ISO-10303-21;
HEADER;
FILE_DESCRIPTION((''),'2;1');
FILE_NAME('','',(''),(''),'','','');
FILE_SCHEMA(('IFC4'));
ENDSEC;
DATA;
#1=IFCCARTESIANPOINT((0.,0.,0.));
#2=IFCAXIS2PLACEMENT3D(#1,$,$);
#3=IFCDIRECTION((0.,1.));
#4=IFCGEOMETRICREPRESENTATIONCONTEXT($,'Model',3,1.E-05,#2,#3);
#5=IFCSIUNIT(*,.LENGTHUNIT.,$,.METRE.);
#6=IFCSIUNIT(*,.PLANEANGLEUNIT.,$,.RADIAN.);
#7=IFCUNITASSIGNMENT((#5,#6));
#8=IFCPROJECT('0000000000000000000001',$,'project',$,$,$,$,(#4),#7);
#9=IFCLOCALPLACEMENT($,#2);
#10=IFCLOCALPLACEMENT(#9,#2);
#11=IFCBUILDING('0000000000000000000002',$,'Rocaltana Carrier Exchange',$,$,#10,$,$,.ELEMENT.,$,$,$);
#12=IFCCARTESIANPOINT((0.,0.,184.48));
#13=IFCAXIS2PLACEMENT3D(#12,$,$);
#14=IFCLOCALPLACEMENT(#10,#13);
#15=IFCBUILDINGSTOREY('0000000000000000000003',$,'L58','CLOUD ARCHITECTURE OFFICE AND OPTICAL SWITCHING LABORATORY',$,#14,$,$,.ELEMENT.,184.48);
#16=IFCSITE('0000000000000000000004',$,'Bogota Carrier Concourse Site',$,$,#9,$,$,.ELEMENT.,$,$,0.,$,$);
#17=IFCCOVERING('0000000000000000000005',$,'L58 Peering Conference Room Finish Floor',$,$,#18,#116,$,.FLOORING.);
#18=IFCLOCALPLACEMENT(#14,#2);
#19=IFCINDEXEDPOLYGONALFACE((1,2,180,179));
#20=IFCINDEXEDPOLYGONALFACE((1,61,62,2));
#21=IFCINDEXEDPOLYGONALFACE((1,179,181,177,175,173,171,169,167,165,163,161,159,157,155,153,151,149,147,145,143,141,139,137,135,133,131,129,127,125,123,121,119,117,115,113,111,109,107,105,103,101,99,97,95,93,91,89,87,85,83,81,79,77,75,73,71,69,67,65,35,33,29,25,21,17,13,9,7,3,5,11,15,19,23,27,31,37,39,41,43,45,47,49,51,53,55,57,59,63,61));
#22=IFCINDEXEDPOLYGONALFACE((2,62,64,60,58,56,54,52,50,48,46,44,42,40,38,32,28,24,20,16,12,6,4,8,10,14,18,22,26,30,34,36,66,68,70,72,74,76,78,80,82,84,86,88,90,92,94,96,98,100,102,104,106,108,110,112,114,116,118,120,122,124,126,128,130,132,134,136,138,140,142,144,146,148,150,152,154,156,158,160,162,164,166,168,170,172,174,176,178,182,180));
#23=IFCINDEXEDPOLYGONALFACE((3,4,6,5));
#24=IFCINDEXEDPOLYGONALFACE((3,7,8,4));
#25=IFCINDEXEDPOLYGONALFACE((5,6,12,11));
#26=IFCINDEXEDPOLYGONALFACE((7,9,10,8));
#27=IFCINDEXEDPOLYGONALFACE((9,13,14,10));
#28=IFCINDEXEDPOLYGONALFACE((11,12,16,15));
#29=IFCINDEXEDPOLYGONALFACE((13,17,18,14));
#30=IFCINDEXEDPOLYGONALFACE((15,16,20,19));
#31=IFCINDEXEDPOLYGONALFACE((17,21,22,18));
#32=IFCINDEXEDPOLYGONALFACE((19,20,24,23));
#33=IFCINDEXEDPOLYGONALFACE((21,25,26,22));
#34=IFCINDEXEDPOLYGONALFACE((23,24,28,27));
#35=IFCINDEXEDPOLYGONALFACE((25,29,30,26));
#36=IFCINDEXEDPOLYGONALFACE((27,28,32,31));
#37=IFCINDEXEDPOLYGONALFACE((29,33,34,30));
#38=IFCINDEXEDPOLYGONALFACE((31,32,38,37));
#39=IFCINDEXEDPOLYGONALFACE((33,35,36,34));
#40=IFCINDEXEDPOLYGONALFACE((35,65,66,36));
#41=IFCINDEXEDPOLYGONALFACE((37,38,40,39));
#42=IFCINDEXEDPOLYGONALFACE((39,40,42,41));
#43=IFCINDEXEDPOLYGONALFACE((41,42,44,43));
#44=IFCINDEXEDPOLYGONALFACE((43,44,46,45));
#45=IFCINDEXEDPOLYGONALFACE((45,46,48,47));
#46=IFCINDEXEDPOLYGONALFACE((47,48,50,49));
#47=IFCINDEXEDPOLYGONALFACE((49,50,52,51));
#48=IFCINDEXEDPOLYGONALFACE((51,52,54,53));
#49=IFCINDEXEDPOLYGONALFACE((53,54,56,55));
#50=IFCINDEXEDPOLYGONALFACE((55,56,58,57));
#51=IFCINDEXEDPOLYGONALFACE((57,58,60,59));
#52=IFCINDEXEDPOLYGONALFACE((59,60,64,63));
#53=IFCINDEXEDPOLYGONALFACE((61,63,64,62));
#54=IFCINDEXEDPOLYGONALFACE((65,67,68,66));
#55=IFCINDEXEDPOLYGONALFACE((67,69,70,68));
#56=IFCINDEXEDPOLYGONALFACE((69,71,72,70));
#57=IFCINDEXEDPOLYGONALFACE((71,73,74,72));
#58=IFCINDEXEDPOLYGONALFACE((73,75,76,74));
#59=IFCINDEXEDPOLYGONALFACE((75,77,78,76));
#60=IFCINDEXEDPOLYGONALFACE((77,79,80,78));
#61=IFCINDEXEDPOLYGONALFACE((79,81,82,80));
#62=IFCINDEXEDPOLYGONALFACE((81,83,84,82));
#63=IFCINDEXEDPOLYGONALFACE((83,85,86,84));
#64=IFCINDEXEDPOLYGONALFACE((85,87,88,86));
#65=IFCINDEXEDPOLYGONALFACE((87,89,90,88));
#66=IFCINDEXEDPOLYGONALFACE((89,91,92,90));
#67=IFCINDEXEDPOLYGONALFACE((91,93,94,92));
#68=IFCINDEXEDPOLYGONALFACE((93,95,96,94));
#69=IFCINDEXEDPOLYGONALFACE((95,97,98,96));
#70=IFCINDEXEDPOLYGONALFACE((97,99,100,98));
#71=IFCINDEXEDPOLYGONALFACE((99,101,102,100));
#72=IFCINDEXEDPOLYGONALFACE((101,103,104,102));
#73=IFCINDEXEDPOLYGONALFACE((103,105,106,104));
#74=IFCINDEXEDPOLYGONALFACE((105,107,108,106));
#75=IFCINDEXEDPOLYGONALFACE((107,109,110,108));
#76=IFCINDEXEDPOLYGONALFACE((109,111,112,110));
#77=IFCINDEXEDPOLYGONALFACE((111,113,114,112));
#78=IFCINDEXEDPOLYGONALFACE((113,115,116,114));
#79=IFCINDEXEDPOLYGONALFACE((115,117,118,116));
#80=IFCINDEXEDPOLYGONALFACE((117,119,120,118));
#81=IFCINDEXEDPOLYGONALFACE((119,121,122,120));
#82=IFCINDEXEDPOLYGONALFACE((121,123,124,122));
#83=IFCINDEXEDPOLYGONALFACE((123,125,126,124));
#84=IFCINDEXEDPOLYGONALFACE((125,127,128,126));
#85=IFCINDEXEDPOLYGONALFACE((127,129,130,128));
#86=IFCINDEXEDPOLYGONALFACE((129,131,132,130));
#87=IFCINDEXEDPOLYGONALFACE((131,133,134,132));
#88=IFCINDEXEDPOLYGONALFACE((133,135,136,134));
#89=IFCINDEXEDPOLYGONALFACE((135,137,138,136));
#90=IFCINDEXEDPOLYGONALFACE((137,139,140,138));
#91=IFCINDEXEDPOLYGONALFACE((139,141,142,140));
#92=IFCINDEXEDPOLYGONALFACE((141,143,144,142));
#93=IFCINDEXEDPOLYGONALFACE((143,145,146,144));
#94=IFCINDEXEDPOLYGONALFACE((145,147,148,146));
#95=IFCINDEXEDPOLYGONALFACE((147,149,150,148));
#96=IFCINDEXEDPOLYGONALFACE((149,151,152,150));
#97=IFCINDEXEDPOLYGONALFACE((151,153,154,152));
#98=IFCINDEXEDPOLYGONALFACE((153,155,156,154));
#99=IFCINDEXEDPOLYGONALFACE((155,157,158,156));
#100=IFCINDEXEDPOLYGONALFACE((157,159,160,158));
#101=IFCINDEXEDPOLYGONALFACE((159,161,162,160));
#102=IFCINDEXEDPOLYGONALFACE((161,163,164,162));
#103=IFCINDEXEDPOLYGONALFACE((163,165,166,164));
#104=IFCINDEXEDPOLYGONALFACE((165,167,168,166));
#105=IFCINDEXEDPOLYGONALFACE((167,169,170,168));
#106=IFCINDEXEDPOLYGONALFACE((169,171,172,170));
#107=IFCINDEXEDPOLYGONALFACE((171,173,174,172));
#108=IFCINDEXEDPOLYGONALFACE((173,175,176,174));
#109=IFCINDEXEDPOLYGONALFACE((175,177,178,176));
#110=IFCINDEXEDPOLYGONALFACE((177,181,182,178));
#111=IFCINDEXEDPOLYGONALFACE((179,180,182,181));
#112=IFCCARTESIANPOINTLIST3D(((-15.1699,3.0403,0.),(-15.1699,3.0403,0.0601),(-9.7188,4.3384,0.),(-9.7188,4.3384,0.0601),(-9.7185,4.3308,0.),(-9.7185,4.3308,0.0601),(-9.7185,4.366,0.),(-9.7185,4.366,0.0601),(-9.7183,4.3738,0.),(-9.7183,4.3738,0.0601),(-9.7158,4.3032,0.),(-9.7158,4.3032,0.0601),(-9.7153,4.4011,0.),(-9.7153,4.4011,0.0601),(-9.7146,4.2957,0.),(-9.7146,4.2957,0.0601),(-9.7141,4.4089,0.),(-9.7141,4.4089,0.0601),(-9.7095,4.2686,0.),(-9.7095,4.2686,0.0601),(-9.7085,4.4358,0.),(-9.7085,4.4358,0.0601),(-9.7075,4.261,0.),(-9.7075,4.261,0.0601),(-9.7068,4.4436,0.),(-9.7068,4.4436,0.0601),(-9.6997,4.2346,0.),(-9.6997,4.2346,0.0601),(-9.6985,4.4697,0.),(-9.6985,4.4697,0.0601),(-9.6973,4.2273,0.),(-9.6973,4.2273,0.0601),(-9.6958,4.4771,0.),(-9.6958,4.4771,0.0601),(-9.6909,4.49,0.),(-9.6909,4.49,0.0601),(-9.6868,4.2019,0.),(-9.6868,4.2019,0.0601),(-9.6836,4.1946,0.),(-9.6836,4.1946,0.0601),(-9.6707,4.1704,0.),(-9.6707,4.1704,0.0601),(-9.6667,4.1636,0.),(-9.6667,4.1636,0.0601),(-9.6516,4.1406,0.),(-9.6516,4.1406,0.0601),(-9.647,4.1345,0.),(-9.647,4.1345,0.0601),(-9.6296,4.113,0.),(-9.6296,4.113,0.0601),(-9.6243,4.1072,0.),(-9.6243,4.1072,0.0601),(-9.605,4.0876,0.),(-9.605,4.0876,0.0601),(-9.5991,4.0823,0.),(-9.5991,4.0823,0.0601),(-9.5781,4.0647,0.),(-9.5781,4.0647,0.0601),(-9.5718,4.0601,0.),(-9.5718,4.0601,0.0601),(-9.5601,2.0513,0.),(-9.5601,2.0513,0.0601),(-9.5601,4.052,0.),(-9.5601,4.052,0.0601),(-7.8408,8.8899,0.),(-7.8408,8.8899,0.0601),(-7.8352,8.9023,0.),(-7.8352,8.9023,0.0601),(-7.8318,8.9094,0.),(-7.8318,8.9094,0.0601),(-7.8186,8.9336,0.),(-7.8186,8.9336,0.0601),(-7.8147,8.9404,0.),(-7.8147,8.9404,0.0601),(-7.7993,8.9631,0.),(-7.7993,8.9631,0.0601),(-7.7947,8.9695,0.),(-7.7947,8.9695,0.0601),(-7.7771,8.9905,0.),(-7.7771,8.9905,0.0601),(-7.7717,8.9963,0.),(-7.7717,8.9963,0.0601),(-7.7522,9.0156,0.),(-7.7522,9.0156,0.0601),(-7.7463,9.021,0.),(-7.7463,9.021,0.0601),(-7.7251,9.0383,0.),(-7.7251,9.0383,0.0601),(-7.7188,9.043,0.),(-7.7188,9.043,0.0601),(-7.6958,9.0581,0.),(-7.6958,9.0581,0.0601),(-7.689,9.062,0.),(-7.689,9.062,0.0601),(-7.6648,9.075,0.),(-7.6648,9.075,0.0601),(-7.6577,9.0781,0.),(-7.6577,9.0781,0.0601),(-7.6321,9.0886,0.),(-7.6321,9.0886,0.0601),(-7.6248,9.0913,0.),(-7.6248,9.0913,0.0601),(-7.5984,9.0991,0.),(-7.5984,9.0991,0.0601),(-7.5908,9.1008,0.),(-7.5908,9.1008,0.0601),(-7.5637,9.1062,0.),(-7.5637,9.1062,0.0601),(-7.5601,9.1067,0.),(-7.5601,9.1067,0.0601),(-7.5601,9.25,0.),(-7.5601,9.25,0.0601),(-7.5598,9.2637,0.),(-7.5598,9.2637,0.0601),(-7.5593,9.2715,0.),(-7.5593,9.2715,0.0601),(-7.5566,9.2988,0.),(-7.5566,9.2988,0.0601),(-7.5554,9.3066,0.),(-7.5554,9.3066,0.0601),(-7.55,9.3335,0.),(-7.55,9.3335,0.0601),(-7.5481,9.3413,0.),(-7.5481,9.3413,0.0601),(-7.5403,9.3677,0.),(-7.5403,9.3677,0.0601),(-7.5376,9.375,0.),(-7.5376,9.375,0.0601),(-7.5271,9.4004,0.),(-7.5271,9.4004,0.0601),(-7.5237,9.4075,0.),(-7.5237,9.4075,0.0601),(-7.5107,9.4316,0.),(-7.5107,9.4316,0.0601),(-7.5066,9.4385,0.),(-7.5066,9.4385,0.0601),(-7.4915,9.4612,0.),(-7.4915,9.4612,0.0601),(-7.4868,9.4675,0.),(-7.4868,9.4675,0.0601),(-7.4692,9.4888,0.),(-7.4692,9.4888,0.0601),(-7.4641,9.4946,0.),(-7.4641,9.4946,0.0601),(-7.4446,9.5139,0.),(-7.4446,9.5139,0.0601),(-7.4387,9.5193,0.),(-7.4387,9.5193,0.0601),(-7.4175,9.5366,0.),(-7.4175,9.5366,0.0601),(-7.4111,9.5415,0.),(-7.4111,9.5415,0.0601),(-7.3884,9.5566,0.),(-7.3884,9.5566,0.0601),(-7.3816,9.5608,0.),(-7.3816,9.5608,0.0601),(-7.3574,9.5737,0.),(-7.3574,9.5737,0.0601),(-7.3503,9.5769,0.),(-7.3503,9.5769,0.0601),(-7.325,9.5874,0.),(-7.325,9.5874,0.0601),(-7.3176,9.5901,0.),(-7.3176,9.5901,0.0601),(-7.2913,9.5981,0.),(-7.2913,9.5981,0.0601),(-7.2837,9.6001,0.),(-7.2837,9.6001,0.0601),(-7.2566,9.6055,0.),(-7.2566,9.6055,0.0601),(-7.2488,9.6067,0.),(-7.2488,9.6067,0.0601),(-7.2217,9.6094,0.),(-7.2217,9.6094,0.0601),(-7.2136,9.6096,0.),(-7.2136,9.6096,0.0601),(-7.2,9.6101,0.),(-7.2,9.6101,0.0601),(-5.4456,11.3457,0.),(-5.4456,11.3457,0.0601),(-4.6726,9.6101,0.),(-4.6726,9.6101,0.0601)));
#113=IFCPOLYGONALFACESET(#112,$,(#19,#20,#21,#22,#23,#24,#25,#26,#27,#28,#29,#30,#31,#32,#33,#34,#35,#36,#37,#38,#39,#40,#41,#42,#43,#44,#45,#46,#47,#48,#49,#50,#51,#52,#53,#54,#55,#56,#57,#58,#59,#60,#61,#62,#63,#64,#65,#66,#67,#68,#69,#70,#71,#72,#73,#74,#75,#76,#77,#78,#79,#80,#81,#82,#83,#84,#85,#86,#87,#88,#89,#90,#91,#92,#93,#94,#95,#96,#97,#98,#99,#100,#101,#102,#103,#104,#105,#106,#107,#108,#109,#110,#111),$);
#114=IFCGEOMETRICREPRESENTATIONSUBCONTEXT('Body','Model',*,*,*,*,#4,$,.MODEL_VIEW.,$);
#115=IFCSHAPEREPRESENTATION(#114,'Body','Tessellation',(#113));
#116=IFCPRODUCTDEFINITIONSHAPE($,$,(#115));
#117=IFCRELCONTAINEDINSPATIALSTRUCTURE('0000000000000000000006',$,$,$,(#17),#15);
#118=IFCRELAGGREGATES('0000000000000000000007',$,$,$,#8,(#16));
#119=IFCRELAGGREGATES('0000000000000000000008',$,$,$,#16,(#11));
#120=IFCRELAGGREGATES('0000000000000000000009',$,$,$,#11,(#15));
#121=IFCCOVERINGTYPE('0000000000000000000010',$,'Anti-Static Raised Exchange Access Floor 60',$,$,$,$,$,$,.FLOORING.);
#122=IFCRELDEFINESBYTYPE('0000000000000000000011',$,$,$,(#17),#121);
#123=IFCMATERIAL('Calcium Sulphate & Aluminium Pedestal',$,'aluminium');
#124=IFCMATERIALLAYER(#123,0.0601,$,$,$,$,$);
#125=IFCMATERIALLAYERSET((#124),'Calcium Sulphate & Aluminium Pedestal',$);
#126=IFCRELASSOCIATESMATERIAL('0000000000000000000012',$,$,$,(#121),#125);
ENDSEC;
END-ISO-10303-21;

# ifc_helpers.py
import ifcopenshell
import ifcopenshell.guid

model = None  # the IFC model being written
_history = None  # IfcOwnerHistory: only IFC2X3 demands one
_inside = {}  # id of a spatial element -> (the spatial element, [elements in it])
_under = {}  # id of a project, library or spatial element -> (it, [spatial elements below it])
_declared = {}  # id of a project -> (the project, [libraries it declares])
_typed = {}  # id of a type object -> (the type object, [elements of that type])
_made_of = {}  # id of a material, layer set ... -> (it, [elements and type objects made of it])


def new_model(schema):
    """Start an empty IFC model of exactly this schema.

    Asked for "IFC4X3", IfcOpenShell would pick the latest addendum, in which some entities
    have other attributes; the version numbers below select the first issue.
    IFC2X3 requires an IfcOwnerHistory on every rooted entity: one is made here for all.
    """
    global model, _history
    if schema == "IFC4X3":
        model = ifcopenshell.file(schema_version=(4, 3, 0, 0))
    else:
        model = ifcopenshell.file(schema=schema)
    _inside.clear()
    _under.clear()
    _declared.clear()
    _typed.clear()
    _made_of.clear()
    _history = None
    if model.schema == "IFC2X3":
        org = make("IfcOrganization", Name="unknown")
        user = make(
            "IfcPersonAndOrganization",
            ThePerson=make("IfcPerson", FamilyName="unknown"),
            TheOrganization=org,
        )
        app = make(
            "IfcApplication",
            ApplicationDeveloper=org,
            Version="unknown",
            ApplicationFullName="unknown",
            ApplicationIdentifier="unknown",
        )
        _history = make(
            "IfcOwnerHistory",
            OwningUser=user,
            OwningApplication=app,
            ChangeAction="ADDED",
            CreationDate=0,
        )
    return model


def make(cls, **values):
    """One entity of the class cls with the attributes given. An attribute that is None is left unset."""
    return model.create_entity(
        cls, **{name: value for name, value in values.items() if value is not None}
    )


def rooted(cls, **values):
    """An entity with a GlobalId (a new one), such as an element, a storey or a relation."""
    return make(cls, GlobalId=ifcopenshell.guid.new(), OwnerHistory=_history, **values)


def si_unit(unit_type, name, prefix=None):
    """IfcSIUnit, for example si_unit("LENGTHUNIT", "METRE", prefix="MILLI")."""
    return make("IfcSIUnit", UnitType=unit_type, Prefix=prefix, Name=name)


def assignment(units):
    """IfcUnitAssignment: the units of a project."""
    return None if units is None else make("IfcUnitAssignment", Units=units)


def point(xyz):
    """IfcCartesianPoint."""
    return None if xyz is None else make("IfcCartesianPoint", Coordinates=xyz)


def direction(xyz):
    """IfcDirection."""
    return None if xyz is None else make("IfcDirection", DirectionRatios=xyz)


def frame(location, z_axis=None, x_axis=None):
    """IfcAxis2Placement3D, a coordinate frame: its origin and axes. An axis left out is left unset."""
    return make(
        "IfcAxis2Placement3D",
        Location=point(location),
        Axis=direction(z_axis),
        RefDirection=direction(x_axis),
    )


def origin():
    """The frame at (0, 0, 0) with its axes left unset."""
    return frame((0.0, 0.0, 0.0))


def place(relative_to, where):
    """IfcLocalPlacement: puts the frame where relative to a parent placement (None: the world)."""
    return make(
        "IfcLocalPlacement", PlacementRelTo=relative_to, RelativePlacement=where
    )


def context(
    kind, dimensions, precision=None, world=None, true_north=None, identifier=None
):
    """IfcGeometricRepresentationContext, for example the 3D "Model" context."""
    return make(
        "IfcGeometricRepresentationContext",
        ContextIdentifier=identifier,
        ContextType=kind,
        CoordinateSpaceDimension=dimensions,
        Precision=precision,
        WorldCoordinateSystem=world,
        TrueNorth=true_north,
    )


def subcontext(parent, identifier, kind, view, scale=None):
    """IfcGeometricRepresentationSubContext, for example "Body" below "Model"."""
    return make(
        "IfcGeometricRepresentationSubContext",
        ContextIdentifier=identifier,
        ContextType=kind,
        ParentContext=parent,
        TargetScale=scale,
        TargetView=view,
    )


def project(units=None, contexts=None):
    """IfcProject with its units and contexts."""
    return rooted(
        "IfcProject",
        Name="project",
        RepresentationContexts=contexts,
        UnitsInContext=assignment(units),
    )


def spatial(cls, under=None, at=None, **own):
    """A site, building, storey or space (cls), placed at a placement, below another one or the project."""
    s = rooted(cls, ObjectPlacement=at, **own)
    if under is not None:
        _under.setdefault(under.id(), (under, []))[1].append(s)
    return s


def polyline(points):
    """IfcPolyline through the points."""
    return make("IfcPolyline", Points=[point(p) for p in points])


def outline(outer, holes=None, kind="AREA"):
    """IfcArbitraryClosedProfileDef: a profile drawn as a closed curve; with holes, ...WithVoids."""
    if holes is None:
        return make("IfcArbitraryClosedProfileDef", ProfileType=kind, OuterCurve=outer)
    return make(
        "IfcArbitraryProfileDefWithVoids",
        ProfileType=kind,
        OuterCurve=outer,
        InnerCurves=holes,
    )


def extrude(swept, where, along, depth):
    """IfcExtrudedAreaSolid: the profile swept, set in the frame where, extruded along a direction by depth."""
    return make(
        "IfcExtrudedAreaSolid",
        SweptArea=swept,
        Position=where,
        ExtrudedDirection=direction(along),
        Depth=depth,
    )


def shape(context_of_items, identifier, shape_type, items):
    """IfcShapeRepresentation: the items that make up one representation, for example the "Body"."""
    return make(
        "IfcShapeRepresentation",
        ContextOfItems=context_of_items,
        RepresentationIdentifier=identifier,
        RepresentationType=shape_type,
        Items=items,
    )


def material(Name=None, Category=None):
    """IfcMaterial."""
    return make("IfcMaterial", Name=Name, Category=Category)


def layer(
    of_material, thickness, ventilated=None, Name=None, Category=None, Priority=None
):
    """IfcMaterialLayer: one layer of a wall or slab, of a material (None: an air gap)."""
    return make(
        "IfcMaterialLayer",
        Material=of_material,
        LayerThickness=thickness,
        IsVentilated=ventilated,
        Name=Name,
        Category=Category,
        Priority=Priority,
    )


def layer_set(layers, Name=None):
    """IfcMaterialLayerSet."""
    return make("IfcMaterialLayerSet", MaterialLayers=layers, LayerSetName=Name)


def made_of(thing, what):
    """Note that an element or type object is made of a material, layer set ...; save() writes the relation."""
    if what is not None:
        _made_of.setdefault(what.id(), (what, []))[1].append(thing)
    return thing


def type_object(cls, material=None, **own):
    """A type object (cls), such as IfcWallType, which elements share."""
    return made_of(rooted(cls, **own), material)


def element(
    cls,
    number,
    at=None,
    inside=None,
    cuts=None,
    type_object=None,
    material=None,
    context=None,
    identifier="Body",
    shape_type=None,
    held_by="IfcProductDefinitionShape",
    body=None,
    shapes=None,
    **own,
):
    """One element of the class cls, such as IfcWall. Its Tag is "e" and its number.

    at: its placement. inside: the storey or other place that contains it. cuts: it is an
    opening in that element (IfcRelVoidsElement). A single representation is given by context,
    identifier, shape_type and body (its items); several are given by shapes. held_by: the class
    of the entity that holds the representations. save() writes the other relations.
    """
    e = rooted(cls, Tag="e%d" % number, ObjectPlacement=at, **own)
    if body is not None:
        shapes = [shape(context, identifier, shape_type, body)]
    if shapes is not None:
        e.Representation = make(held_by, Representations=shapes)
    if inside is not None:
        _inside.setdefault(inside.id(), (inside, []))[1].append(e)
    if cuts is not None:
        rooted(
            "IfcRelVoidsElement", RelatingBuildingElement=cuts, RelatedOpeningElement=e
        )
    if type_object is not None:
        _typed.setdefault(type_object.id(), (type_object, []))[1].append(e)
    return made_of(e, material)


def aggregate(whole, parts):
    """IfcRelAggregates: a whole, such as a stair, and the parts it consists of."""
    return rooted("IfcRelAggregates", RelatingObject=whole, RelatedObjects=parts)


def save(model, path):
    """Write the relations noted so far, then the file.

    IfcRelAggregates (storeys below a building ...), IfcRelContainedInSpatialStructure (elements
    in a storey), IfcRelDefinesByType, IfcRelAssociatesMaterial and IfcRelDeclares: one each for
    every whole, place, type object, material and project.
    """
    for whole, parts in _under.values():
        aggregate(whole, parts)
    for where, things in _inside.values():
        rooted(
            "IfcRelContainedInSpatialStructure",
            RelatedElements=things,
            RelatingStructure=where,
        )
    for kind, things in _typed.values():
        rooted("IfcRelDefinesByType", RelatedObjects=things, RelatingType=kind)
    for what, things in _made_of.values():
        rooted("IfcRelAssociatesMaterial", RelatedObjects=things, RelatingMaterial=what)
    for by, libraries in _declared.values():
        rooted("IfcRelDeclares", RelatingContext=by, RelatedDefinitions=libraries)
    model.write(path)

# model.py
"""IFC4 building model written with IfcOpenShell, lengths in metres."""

from ifc_helpers import new_model, si_unit, direction, frame, origin, place, context, subcontext, project, spatial, polyline, outline, extrude, material, layer, layer_set, type_object, element, save


model = new_model("IFC4")

# Units and contexts
model_context = context("Model", 3, precision=1e-05, world=origin(), true_north=direction((0.0, 1.0)))
body_context = subcontext(model_context, "Body", "Model", "MODEL_VIEW")
ifc_project = project(units=[si_unit("LENGTHUNIT", "METRE"), si_unit("PLANEANGLEUNIT", "RADIAN")], contexts=[model_context])

# Site, building, storey
site_placement = place(None, origin())
site = spatial("IfcSite", under=ifc_project, at=site_placement, Name="Bogota Carrier Concourse Site", CompositionType="ELEMENT", RefElevation=0.0)
building_placement = place(site_placement, origin())
building = spatial("IfcBuilding", under=site, at=building_placement, Name="Rocaltana Carrier Exchange", CompositionType="ELEMENT")
storey_placement = place(building_placement, frame((0.0, 0.0, 184.48)))
storey = spatial("IfcBuildingStorey", under=building, at=storey_placement, Name="L58", Description="CLOUD ARCHITECTURE OFFICE AND OPTICAL SWITCHING LABORATORY", CompositionType="ELEMENT", Elevation=184.48)

# Covering
ifc_material_1 = material(Name="Calcium Sulphate & Aluminium Pedestal", Category="aluminium")
ifc_layer_1 = layer(ifc_material_1, 0.0601)
ifc_layer_set_1 = layer_set([ifc_layer_1], Name="Calcium Sulphate & Aluminium Pedestal")
covering_type_1 = type_object("IfcCoveringType", Name="Anti-Static Raised Exchange Access Floor 60", PredefinedType="FLOORING", material=ifc_layer_set_1)
covering_1_placement = place(storey_placement, origin())
element("IfcCovering", 1, at=covering_1_placement, inside=storey, type_object=covering_type_1, Name="L58 Peering Conference Room Finish Floor", PredefinedType="FLOORING", context=body_context, shape_type="SweptSolid", body=[
    extrude(outline(polyline([(-9.5601, 4.052), (-9.5601, 2.0513), (-15.1699, 3.0403), (-5.4456, 11.3457), (-4.6726, 9.6101), (-7.2, 9.6101), (-7.2136, 9.6096), (-7.2217, 9.6094), (-7.2488, 9.6067), (-7.2566, 9.6055), (-7.2837, 9.6001), (-7.2913, 9.5981), (-7.3176, 9.5901), (-7.325, 9.5874), (-7.3503, 9.5769), (-7.3574, 9.5737), (-7.3816, 9.5608), (-7.3884, 9.5566), (-7.4111, 9.5415), (-7.4175, 9.5366), (-7.4387, 9.5193), (-7.4446, 9.5139), (-7.4641, 9.4946), (-7.4692, 9.4888), (-7.4868, 9.4675), (-7.4915, 9.4612), (-7.5066, 9.4385), (-7.5107, 9.4316), (-7.5237, 9.4075), (-7.5271, 9.4004), (-7.5376, 9.375), (-7.5403, 9.3677), (-7.5481, 9.3413), (-7.55, 9.3335), (-7.5554, 9.3066), (-7.5566, 9.2988), (-7.5593, 9.2715), (-7.5598, 9.2637), (-7.5601, 9.25), (-7.5601, 9.1067), (-7.5637, 9.1062), (-7.5908, 9.1008), (-7.5984, 9.0991), (-7.6248, 9.0913), (-7.6321, 9.0886), (-7.6577, 9.0781), (-7.6648, 9.075), (-7.689, 9.062), (-7.6958, 9.0581), (-7.7188, 9.043), (-7.7251, 9.0383), (-7.7463, 9.021), (-7.7522, 9.0156), (-7.7717, 8.9963), (-7.7771, 8.9905), (-7.7947, 8.9695), (-7.7993, 8.9631), (-7.8147, 8.9404), (-7.8186, 8.9336), (-7.8318, 8.9094), (-7.8352, 8.9023), (-7.8408, 8.8899), (-9.6909, 4.49), (-9.6958, 4.4771), (-9.6985, 4.4697), (-9.7068, 4.4436), (-9.7085, 4.4358), (-9.7141, 4.4089), (-9.7153, 4.4011), (-9.7183, 4.3738), (-9.7185, 4.366), (-9.7188, 4.3384), (-9.7185, 4.3308), (-9.7158, 4.3032), (-9.7146, 4.2957), (-9.7095, 4.2686), (-9.7075, 4.261), (-9.6997, 4.2346), (-9.6973, 4.2273), (-9.6868, 4.2019), (-9.6836, 4.1946), (-9.6707, 4.1704), (-9.6667, 4.1636), (-9.6516, 4.1406), (-9.647, 4.1345), (-9.6296, 4.113), (-9.6243, 4.1072), (-9.605, 4.0876), (-9.5991, 4.0823), (-9.5781, 4.0647), (-9.5718, 4.0601), (-9.5601, 4.052)])), origin(), (0.0, 0.0, 1.0), 0.0601),
])

save(model, "model.ifc")
